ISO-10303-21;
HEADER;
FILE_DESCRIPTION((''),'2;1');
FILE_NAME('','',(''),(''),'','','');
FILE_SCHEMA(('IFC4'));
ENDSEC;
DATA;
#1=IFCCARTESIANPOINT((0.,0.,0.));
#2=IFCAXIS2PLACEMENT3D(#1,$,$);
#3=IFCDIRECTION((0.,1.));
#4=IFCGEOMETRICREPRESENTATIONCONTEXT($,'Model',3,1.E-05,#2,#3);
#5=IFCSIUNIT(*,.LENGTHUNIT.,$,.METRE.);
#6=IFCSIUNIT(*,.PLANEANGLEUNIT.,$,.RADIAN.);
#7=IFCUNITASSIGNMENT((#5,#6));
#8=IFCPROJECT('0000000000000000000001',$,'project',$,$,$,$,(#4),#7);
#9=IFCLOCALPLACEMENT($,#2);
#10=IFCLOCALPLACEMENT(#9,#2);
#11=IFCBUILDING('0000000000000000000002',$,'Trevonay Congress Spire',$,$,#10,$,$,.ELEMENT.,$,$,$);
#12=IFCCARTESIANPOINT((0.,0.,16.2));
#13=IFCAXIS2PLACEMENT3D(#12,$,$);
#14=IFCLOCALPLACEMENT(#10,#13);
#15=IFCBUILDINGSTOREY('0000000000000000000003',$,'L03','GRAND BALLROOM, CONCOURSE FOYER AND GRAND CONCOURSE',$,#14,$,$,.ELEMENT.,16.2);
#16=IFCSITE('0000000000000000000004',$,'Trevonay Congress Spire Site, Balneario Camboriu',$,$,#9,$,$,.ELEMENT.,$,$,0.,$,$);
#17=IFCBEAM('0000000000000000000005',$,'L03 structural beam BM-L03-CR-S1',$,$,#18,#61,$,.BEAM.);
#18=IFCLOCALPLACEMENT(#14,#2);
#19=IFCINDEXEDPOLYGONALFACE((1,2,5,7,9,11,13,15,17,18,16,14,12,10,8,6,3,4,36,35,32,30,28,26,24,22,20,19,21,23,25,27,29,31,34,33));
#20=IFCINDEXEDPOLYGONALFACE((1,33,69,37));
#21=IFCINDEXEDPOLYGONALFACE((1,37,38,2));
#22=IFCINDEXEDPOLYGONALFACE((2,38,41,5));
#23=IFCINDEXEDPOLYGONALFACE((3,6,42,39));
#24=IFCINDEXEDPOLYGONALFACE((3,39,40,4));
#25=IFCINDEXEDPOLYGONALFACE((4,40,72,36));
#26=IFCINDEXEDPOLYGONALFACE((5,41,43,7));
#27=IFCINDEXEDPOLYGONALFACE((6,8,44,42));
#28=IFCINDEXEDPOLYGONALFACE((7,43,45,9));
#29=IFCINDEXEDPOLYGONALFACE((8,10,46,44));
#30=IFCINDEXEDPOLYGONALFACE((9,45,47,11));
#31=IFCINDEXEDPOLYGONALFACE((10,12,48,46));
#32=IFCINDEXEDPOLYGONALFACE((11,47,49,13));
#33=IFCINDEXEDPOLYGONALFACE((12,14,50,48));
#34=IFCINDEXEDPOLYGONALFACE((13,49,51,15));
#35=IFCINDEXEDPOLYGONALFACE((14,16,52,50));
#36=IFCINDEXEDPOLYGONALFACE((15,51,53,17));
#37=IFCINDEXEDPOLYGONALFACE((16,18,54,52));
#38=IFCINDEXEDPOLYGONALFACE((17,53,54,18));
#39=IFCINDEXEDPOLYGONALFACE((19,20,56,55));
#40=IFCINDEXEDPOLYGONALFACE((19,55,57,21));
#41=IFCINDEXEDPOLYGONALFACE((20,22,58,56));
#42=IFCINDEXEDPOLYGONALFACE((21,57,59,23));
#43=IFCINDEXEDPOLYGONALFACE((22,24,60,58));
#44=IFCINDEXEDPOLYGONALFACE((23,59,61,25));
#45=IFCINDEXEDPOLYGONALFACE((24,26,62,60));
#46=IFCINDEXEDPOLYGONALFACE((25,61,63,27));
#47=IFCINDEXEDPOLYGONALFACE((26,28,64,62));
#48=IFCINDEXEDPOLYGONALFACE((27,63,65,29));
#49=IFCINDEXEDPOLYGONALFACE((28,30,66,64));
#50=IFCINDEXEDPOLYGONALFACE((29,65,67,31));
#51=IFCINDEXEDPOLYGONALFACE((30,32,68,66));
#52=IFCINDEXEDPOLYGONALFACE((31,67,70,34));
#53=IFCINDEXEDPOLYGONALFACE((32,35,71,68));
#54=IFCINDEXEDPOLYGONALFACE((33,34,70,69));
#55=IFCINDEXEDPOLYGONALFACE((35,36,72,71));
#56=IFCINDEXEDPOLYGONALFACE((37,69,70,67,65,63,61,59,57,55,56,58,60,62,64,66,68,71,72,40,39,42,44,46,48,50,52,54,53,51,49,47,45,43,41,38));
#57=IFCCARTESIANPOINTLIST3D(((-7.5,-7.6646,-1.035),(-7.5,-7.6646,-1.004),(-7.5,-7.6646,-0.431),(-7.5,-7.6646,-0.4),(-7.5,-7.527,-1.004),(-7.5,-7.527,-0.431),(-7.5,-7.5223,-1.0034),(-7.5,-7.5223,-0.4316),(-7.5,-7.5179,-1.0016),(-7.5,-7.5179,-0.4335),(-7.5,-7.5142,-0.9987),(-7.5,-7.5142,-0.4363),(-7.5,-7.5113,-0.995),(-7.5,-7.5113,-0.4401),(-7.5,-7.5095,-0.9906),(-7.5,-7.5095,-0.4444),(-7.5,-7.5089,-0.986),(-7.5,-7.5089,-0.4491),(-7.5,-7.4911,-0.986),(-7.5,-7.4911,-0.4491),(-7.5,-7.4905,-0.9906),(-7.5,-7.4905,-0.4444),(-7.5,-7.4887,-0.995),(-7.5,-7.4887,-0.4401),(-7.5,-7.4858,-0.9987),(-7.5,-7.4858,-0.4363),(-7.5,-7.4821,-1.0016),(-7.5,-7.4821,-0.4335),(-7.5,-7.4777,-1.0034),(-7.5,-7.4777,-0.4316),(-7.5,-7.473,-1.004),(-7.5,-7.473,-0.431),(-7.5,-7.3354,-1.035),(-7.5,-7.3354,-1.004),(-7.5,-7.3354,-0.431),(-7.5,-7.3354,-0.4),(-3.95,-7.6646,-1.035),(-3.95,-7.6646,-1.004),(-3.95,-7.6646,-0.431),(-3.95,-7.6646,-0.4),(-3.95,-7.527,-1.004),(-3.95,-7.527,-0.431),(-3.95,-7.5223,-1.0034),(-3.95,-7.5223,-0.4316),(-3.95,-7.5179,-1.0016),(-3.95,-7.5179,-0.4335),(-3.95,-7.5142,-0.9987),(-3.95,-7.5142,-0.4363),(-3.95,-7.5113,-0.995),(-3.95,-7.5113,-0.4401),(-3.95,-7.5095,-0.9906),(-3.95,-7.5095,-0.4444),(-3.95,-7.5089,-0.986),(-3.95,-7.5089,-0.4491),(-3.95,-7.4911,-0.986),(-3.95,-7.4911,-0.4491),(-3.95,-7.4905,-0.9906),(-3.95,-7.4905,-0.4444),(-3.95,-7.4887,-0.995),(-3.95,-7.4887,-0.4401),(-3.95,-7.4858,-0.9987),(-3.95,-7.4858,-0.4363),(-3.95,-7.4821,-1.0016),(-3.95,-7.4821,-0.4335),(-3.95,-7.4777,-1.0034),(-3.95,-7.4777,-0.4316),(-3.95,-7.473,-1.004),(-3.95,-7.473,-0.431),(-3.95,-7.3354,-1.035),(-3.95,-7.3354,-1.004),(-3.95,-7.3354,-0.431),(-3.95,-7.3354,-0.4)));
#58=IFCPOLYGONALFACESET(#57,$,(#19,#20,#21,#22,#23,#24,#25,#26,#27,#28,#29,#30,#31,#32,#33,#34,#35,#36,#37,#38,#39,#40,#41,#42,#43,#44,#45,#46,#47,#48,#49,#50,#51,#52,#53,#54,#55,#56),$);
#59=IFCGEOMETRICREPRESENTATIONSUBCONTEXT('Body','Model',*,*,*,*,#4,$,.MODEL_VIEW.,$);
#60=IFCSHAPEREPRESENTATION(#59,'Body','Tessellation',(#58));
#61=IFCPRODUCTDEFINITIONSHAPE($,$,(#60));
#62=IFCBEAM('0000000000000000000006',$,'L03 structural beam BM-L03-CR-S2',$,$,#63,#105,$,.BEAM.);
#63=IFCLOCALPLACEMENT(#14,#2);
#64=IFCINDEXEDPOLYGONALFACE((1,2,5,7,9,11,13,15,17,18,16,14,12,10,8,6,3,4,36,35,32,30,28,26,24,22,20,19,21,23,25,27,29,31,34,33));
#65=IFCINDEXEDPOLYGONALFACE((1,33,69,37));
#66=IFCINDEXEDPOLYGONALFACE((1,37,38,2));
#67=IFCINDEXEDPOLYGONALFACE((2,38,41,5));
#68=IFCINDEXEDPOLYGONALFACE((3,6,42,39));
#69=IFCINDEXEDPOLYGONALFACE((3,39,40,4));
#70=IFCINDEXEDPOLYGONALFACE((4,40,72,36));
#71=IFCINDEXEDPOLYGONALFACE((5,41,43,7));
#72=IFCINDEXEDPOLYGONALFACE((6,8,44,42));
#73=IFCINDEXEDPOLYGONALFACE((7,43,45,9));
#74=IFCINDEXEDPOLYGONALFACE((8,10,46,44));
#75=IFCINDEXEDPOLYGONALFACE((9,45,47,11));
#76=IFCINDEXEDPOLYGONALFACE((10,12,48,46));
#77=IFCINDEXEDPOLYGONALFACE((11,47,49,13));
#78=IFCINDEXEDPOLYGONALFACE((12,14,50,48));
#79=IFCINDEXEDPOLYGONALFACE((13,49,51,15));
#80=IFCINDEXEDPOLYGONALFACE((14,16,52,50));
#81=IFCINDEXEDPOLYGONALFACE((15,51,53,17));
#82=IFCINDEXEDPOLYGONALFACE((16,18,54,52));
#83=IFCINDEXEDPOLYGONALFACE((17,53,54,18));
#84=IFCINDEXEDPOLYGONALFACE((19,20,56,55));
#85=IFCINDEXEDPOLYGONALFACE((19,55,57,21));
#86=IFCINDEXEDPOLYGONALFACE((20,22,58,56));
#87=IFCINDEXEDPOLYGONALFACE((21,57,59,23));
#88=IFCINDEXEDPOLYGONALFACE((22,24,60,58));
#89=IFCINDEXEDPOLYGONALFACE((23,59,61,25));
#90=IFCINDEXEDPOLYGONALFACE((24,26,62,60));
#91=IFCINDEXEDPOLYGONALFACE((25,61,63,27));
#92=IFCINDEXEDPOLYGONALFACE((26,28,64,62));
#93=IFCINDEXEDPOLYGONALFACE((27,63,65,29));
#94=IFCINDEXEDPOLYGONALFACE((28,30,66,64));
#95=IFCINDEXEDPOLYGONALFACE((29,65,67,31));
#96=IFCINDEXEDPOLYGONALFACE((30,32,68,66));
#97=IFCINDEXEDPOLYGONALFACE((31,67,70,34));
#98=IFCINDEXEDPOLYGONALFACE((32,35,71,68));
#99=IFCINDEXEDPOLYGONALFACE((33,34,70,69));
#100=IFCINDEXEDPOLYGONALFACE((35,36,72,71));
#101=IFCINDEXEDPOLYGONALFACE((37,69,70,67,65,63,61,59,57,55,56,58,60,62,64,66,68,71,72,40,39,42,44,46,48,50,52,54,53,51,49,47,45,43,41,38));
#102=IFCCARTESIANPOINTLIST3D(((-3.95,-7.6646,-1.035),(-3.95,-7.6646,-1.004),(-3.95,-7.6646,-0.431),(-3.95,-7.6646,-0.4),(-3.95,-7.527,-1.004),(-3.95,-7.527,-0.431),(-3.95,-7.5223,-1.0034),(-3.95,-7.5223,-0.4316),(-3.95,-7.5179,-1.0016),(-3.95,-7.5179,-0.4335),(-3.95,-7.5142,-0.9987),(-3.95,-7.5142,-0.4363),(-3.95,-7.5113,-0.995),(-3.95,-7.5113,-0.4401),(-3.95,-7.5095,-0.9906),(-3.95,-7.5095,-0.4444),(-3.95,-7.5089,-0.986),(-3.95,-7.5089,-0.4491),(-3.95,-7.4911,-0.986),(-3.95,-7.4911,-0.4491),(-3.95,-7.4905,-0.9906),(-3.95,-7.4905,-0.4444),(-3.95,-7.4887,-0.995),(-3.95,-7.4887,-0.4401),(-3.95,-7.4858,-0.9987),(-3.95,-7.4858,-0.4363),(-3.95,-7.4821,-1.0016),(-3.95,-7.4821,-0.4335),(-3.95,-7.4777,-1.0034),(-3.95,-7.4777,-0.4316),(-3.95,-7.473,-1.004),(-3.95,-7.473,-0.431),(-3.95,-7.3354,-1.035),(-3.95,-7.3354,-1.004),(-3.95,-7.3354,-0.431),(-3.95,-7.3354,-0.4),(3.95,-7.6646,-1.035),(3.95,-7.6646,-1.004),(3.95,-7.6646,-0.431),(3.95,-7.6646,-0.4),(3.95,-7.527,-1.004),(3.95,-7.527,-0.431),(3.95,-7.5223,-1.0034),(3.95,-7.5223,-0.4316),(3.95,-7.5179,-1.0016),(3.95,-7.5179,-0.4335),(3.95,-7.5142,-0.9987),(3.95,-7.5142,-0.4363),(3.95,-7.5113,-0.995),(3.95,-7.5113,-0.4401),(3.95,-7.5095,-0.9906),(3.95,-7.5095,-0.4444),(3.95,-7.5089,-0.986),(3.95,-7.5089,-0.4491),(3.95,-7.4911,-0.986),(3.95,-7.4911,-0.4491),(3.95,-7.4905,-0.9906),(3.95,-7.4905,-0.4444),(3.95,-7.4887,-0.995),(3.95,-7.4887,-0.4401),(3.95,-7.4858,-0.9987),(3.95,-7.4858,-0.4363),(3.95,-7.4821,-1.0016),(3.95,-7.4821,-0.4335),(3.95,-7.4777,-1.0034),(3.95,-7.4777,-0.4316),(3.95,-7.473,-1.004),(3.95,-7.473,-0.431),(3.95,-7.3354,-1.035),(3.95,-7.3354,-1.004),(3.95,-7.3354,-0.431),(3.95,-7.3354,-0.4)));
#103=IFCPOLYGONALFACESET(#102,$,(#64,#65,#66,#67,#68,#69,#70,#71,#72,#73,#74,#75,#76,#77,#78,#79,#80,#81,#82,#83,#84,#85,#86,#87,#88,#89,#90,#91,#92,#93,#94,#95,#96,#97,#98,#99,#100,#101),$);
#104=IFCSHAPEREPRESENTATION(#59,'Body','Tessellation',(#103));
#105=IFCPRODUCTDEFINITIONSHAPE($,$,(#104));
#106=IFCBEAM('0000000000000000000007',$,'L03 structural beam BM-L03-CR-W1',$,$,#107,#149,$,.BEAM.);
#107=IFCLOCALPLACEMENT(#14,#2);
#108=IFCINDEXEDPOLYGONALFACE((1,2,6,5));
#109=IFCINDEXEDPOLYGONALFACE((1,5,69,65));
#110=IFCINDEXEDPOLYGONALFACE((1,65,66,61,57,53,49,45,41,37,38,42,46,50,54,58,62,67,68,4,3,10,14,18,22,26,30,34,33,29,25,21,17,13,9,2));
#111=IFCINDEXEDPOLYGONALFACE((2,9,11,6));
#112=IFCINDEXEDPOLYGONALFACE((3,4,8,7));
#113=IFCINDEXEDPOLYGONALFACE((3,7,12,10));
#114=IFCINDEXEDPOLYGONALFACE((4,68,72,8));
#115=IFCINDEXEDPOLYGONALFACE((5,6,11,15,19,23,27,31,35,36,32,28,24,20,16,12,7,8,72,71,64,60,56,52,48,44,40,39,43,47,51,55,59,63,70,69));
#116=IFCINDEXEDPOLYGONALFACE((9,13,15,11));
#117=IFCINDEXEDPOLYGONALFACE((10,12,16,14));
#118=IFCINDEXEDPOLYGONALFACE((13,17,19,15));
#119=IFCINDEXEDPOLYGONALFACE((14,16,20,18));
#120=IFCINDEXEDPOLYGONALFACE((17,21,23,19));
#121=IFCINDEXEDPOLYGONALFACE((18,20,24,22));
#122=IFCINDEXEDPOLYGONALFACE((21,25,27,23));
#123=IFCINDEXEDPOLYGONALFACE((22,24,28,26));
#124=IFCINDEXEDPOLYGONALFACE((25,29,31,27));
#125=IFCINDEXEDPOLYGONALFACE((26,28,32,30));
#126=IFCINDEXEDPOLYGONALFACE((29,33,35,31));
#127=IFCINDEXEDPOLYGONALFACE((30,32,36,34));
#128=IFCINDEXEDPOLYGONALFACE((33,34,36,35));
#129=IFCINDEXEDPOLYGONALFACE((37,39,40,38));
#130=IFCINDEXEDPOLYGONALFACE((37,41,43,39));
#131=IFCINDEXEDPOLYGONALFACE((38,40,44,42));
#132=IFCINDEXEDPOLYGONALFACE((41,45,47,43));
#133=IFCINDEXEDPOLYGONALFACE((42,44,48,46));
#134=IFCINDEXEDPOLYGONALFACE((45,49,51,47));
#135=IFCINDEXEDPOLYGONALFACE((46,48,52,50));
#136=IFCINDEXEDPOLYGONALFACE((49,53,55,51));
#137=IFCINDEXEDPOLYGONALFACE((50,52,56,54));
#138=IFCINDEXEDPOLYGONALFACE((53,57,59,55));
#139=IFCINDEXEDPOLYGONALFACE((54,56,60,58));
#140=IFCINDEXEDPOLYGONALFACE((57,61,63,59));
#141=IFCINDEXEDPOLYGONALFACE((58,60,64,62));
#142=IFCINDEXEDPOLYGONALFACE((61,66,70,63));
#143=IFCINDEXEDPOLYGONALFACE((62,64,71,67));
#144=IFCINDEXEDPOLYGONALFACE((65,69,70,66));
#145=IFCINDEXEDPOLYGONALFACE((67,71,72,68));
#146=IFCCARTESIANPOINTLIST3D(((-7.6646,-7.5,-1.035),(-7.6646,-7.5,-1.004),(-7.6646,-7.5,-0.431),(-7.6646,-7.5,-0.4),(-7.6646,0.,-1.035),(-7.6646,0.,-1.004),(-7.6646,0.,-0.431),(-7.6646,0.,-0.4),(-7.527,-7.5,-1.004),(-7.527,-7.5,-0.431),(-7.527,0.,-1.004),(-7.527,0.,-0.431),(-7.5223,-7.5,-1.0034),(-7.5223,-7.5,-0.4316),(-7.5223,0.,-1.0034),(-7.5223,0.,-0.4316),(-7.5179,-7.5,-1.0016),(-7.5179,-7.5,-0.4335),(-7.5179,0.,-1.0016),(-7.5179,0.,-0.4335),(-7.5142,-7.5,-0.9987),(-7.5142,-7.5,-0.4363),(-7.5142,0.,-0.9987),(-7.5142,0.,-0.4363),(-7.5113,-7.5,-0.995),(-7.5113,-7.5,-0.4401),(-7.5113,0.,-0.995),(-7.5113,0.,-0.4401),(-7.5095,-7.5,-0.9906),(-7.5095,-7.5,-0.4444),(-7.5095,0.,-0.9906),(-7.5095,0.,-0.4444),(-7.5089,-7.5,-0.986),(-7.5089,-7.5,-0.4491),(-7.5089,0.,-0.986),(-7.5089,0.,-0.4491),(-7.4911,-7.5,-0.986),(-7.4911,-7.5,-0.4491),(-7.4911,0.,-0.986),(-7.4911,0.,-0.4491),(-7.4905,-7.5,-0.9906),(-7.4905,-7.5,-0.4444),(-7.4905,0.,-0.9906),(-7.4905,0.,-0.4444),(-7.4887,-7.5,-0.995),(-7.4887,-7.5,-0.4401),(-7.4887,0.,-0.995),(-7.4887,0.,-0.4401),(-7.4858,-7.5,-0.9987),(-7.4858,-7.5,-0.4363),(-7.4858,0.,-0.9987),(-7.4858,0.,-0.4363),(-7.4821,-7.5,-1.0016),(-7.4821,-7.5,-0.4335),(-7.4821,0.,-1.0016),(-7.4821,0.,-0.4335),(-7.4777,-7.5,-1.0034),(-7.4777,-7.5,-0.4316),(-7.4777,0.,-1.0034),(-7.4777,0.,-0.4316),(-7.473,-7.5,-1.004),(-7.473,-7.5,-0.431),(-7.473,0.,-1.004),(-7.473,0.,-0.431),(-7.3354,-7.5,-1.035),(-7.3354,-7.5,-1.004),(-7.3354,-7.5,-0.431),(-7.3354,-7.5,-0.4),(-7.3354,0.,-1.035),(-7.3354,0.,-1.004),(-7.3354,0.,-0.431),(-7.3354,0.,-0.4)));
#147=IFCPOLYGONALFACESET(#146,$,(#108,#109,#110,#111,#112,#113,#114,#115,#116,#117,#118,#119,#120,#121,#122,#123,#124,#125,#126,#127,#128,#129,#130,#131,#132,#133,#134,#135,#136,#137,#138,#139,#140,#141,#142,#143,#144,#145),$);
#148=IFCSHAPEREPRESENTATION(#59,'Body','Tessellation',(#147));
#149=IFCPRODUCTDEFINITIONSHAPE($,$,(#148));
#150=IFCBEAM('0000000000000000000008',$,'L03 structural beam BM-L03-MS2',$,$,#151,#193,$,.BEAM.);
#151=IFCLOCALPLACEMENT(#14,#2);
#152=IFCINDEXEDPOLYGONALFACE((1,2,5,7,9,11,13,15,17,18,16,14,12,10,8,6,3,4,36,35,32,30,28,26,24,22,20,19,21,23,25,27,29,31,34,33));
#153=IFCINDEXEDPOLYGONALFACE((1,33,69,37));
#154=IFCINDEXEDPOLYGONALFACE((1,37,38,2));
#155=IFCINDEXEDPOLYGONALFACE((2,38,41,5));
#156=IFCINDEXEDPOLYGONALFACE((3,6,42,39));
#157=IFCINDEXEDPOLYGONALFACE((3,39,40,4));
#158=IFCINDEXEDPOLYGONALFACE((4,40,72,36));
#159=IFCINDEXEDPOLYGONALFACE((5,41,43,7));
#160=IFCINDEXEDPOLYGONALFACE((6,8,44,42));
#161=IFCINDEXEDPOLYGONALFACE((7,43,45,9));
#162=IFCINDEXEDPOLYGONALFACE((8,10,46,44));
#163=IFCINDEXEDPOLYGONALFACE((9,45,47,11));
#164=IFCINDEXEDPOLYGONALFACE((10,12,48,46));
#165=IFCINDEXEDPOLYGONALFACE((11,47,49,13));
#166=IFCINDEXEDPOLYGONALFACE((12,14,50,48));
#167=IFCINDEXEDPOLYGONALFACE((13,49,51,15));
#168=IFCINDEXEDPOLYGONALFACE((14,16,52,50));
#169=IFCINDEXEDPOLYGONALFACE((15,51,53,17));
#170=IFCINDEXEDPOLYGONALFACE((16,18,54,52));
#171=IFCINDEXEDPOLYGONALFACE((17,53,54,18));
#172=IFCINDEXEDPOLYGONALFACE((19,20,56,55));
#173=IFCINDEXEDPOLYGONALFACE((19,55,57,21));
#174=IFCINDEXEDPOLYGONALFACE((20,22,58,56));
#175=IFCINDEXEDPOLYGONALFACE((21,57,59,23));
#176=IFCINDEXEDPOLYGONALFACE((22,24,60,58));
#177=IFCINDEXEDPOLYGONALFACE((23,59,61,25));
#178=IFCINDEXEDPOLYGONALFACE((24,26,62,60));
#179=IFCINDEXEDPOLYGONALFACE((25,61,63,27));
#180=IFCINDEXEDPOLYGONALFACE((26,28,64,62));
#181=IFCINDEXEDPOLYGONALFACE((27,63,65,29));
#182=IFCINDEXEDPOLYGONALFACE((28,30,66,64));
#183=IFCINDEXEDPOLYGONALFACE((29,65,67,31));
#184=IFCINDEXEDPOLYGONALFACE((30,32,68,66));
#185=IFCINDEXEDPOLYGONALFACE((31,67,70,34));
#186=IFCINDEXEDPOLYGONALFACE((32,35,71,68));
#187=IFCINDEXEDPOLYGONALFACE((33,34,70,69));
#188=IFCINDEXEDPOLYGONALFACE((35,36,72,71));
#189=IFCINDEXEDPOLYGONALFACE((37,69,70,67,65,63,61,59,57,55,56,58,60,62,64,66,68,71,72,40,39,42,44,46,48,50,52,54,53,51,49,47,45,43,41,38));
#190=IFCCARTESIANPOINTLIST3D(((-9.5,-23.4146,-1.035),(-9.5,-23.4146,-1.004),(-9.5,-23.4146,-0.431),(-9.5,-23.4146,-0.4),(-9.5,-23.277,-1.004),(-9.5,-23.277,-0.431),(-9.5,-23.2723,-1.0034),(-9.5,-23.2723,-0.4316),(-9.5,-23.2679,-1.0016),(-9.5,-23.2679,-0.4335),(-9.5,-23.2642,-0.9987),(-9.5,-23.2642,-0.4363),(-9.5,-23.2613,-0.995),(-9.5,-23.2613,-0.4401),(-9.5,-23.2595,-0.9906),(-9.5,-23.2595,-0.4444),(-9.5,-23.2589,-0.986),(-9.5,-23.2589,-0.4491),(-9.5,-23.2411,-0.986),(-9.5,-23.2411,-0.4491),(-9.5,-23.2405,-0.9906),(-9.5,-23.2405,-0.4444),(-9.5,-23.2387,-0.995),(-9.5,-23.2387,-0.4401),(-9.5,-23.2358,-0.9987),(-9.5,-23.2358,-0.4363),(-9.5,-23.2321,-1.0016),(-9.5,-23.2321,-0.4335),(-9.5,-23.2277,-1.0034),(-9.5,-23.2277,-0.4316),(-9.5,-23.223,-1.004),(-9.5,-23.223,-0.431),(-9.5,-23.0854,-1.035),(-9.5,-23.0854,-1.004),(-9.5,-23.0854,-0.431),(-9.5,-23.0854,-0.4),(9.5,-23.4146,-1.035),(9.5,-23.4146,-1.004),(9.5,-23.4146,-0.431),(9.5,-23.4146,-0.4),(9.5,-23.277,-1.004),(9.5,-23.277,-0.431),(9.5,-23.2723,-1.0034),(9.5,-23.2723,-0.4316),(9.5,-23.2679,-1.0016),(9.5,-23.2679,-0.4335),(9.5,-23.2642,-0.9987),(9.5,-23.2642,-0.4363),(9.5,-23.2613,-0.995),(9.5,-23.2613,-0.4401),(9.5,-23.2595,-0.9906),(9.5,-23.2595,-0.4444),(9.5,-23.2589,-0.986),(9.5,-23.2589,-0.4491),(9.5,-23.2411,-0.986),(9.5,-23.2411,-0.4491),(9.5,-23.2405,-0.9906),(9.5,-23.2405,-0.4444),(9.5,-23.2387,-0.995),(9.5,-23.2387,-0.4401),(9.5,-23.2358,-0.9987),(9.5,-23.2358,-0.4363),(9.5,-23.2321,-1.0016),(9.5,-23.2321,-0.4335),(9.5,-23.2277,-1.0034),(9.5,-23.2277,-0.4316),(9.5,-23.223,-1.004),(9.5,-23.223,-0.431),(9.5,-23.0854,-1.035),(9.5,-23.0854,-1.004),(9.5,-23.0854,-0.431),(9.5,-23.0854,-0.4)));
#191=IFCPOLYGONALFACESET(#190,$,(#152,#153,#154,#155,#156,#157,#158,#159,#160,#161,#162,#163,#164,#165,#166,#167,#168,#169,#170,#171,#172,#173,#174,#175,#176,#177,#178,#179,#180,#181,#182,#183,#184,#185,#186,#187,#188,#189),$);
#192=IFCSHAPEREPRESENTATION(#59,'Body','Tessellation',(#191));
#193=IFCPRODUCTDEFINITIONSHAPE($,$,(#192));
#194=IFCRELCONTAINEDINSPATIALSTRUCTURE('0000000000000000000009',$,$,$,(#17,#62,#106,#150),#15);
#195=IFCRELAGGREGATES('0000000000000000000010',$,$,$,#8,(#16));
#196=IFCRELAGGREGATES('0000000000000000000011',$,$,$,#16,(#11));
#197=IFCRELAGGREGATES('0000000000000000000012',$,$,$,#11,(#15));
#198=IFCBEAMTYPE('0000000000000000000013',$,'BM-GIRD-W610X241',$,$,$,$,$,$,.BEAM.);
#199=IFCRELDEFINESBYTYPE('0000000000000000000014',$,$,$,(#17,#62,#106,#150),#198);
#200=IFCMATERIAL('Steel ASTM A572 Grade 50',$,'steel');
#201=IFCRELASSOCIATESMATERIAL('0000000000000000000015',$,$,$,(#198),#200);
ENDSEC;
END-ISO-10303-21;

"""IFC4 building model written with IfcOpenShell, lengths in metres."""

from ifc_helpers import new_model, si_unit, direction, frame, origin, origin_2d, place, context, subcontext, project, spatial, i_section, extrude, material, material_profile, profile_set, type_object, element, save


model = new_model("IFC4")

# Units and contexts
model_context = context("Model", 3, precision=1e-05, world=origin(), true_north=direction((0.0, 1.0)))
body_context = subcontext(model_context, "Body", "Model", "MODEL_VIEW")
ifc_project = project(units=[si_unit("LENGTHUNIT", "METRE"), si_unit("PLANEANGLEUNIT", "RADIAN")], contexts=[model_context])

# Site, building, storey
site_placement = place(None, origin())
site = spatial("IfcSite", under=ifc_project, at=site_placement, Name="Trevonay Congress Spire Site, Balneario Camboriu", CompositionType="ELEMENT", RefElevation=0.0)
building_placement = place(site_placement, origin())
building = spatial("IfcBuilding", under=site, at=building_placement, Name="Trevonay Congress Spire", CompositionType="ELEMENT")
storey_placement = place(building_placement, frame((0.0, 0.0, 16.2)))
storey = spatial("IfcBuildingStorey", under=building, at=storey_placement, Name="L03", Description="GRAND BALLROOM, CONCOURSE FOYER AND GRAND CONCOURSE", CompositionType="ELEMENT", Elevation=16.2)

# Shared definitions
ifc_material_1 = material(Name="Steel ASTM A572 Grade 50", Category="steel")

# Beams
ifc_material_profile_1 = material_profile(ifc_material_1, i_section(OverallWidth=0.3291, OverallDepth=0.635, WebThickness=0.0178, FlangeThickness=0.031, FilletRadius=0.0181, at=origin_2d()), Name="W610x241")
ifc_profile_set_1 = profile_set([ifc_material_profile_1], Name="Steel ASTM A572 Grade 50")
beam_type_1 = type_object("IfcBeamType", Name="BM-GIRD-W610X241", PredefinedType="BEAM", material=ifc_profile_set_1)
beam_1_placement = place(storey_placement, frame((-7.5, -7.5, -0.7175), z_axis=(1.0, 0.0, 0.0), x_axis=(0.0, 1.0, 0.0)))
element("IfcBeam", 1, at=beam_1_placement, inside=storey, type_object=beam_type_1, Name="L03 structural beam BM-L03-CR-S1", PredefinedType="BEAM", context=body_context, shape_type="SweptSolid", body=[
    extrude(i_section(OverallWidth=0.3291, OverallDepth=0.635, WebThickness=0.0178, FlangeThickness=0.031, FilletRadius=0.0181, at=origin_2d()), origin(), (0.0, 0.0, 1.0), 3.55),
])
beam_2_placement = place(storey_placement, frame((-3.95, -7.5, -0.7175), z_axis=(1.0, 0.0, 0.0), x_axis=(0.0, 1.0, 0.0)))
element("IfcBeam", 2, at=beam_2_placement, inside=storey, type_object=beam_type_1, Name="L03 structural beam BM-L03-CR-S2", PredefinedType="BEAM", context=body_context, shape_type="SweptSolid", body=[
    extrude(i_section(OverallWidth=0.3291, OverallDepth=0.635, WebThickness=0.0178, FlangeThickness=0.031, FilletRadius=0.0181, at=origin_2d()), origin(), (0.0, 0.0, 1.0), 7.8999),
])
beam_3_placement = place(storey_placement, frame((-7.5, -7.5, -0.7175), z_axis=(0.0, 1.0, 0.0), x_axis=(-1.0, 0.0, 0.0)))
element("IfcBeam", 3, at=beam_3_placement, inside=storey, type_object=beam_type_1, Name="L03 structural beam BM-L03-CR-W1", PredefinedType="BEAM", context=body_context, shape_type="SweptSolid", body=[
    extrude(i_section(OverallWidth=0.3291, OverallDepth=0.635, WebThickness=0.0178, FlangeThickness=0.031, FilletRadius=0.0181, at=origin_2d()), origin(), (0.0, 0.0, 1.0), 7.5),
])
beam_4_placement = place(storey_placement, frame((-9.5, -23.25, -0.7175), z_axis=(1.0, 0.0, 0.0), x_axis=(0.0, 1.0, 0.0)))
element("IfcBeam", 4, at=beam_4_placement, inside=storey, type_object=beam_type_1, Name="L03 structural beam BM-L03-MS2", PredefinedType="BEAM", context=body_context, shape_type="SweptSolid", body=[
    extrude(i_section(OverallWidth=0.3291, OverallDepth=0.635, WebThickness=0.0178, FlangeThickness=0.031, FilletRadius=0.0181, at=origin_2d()), origin(), (0.0, 0.0, 1.0), 19.0),
])

save(model, "model.ifc")
